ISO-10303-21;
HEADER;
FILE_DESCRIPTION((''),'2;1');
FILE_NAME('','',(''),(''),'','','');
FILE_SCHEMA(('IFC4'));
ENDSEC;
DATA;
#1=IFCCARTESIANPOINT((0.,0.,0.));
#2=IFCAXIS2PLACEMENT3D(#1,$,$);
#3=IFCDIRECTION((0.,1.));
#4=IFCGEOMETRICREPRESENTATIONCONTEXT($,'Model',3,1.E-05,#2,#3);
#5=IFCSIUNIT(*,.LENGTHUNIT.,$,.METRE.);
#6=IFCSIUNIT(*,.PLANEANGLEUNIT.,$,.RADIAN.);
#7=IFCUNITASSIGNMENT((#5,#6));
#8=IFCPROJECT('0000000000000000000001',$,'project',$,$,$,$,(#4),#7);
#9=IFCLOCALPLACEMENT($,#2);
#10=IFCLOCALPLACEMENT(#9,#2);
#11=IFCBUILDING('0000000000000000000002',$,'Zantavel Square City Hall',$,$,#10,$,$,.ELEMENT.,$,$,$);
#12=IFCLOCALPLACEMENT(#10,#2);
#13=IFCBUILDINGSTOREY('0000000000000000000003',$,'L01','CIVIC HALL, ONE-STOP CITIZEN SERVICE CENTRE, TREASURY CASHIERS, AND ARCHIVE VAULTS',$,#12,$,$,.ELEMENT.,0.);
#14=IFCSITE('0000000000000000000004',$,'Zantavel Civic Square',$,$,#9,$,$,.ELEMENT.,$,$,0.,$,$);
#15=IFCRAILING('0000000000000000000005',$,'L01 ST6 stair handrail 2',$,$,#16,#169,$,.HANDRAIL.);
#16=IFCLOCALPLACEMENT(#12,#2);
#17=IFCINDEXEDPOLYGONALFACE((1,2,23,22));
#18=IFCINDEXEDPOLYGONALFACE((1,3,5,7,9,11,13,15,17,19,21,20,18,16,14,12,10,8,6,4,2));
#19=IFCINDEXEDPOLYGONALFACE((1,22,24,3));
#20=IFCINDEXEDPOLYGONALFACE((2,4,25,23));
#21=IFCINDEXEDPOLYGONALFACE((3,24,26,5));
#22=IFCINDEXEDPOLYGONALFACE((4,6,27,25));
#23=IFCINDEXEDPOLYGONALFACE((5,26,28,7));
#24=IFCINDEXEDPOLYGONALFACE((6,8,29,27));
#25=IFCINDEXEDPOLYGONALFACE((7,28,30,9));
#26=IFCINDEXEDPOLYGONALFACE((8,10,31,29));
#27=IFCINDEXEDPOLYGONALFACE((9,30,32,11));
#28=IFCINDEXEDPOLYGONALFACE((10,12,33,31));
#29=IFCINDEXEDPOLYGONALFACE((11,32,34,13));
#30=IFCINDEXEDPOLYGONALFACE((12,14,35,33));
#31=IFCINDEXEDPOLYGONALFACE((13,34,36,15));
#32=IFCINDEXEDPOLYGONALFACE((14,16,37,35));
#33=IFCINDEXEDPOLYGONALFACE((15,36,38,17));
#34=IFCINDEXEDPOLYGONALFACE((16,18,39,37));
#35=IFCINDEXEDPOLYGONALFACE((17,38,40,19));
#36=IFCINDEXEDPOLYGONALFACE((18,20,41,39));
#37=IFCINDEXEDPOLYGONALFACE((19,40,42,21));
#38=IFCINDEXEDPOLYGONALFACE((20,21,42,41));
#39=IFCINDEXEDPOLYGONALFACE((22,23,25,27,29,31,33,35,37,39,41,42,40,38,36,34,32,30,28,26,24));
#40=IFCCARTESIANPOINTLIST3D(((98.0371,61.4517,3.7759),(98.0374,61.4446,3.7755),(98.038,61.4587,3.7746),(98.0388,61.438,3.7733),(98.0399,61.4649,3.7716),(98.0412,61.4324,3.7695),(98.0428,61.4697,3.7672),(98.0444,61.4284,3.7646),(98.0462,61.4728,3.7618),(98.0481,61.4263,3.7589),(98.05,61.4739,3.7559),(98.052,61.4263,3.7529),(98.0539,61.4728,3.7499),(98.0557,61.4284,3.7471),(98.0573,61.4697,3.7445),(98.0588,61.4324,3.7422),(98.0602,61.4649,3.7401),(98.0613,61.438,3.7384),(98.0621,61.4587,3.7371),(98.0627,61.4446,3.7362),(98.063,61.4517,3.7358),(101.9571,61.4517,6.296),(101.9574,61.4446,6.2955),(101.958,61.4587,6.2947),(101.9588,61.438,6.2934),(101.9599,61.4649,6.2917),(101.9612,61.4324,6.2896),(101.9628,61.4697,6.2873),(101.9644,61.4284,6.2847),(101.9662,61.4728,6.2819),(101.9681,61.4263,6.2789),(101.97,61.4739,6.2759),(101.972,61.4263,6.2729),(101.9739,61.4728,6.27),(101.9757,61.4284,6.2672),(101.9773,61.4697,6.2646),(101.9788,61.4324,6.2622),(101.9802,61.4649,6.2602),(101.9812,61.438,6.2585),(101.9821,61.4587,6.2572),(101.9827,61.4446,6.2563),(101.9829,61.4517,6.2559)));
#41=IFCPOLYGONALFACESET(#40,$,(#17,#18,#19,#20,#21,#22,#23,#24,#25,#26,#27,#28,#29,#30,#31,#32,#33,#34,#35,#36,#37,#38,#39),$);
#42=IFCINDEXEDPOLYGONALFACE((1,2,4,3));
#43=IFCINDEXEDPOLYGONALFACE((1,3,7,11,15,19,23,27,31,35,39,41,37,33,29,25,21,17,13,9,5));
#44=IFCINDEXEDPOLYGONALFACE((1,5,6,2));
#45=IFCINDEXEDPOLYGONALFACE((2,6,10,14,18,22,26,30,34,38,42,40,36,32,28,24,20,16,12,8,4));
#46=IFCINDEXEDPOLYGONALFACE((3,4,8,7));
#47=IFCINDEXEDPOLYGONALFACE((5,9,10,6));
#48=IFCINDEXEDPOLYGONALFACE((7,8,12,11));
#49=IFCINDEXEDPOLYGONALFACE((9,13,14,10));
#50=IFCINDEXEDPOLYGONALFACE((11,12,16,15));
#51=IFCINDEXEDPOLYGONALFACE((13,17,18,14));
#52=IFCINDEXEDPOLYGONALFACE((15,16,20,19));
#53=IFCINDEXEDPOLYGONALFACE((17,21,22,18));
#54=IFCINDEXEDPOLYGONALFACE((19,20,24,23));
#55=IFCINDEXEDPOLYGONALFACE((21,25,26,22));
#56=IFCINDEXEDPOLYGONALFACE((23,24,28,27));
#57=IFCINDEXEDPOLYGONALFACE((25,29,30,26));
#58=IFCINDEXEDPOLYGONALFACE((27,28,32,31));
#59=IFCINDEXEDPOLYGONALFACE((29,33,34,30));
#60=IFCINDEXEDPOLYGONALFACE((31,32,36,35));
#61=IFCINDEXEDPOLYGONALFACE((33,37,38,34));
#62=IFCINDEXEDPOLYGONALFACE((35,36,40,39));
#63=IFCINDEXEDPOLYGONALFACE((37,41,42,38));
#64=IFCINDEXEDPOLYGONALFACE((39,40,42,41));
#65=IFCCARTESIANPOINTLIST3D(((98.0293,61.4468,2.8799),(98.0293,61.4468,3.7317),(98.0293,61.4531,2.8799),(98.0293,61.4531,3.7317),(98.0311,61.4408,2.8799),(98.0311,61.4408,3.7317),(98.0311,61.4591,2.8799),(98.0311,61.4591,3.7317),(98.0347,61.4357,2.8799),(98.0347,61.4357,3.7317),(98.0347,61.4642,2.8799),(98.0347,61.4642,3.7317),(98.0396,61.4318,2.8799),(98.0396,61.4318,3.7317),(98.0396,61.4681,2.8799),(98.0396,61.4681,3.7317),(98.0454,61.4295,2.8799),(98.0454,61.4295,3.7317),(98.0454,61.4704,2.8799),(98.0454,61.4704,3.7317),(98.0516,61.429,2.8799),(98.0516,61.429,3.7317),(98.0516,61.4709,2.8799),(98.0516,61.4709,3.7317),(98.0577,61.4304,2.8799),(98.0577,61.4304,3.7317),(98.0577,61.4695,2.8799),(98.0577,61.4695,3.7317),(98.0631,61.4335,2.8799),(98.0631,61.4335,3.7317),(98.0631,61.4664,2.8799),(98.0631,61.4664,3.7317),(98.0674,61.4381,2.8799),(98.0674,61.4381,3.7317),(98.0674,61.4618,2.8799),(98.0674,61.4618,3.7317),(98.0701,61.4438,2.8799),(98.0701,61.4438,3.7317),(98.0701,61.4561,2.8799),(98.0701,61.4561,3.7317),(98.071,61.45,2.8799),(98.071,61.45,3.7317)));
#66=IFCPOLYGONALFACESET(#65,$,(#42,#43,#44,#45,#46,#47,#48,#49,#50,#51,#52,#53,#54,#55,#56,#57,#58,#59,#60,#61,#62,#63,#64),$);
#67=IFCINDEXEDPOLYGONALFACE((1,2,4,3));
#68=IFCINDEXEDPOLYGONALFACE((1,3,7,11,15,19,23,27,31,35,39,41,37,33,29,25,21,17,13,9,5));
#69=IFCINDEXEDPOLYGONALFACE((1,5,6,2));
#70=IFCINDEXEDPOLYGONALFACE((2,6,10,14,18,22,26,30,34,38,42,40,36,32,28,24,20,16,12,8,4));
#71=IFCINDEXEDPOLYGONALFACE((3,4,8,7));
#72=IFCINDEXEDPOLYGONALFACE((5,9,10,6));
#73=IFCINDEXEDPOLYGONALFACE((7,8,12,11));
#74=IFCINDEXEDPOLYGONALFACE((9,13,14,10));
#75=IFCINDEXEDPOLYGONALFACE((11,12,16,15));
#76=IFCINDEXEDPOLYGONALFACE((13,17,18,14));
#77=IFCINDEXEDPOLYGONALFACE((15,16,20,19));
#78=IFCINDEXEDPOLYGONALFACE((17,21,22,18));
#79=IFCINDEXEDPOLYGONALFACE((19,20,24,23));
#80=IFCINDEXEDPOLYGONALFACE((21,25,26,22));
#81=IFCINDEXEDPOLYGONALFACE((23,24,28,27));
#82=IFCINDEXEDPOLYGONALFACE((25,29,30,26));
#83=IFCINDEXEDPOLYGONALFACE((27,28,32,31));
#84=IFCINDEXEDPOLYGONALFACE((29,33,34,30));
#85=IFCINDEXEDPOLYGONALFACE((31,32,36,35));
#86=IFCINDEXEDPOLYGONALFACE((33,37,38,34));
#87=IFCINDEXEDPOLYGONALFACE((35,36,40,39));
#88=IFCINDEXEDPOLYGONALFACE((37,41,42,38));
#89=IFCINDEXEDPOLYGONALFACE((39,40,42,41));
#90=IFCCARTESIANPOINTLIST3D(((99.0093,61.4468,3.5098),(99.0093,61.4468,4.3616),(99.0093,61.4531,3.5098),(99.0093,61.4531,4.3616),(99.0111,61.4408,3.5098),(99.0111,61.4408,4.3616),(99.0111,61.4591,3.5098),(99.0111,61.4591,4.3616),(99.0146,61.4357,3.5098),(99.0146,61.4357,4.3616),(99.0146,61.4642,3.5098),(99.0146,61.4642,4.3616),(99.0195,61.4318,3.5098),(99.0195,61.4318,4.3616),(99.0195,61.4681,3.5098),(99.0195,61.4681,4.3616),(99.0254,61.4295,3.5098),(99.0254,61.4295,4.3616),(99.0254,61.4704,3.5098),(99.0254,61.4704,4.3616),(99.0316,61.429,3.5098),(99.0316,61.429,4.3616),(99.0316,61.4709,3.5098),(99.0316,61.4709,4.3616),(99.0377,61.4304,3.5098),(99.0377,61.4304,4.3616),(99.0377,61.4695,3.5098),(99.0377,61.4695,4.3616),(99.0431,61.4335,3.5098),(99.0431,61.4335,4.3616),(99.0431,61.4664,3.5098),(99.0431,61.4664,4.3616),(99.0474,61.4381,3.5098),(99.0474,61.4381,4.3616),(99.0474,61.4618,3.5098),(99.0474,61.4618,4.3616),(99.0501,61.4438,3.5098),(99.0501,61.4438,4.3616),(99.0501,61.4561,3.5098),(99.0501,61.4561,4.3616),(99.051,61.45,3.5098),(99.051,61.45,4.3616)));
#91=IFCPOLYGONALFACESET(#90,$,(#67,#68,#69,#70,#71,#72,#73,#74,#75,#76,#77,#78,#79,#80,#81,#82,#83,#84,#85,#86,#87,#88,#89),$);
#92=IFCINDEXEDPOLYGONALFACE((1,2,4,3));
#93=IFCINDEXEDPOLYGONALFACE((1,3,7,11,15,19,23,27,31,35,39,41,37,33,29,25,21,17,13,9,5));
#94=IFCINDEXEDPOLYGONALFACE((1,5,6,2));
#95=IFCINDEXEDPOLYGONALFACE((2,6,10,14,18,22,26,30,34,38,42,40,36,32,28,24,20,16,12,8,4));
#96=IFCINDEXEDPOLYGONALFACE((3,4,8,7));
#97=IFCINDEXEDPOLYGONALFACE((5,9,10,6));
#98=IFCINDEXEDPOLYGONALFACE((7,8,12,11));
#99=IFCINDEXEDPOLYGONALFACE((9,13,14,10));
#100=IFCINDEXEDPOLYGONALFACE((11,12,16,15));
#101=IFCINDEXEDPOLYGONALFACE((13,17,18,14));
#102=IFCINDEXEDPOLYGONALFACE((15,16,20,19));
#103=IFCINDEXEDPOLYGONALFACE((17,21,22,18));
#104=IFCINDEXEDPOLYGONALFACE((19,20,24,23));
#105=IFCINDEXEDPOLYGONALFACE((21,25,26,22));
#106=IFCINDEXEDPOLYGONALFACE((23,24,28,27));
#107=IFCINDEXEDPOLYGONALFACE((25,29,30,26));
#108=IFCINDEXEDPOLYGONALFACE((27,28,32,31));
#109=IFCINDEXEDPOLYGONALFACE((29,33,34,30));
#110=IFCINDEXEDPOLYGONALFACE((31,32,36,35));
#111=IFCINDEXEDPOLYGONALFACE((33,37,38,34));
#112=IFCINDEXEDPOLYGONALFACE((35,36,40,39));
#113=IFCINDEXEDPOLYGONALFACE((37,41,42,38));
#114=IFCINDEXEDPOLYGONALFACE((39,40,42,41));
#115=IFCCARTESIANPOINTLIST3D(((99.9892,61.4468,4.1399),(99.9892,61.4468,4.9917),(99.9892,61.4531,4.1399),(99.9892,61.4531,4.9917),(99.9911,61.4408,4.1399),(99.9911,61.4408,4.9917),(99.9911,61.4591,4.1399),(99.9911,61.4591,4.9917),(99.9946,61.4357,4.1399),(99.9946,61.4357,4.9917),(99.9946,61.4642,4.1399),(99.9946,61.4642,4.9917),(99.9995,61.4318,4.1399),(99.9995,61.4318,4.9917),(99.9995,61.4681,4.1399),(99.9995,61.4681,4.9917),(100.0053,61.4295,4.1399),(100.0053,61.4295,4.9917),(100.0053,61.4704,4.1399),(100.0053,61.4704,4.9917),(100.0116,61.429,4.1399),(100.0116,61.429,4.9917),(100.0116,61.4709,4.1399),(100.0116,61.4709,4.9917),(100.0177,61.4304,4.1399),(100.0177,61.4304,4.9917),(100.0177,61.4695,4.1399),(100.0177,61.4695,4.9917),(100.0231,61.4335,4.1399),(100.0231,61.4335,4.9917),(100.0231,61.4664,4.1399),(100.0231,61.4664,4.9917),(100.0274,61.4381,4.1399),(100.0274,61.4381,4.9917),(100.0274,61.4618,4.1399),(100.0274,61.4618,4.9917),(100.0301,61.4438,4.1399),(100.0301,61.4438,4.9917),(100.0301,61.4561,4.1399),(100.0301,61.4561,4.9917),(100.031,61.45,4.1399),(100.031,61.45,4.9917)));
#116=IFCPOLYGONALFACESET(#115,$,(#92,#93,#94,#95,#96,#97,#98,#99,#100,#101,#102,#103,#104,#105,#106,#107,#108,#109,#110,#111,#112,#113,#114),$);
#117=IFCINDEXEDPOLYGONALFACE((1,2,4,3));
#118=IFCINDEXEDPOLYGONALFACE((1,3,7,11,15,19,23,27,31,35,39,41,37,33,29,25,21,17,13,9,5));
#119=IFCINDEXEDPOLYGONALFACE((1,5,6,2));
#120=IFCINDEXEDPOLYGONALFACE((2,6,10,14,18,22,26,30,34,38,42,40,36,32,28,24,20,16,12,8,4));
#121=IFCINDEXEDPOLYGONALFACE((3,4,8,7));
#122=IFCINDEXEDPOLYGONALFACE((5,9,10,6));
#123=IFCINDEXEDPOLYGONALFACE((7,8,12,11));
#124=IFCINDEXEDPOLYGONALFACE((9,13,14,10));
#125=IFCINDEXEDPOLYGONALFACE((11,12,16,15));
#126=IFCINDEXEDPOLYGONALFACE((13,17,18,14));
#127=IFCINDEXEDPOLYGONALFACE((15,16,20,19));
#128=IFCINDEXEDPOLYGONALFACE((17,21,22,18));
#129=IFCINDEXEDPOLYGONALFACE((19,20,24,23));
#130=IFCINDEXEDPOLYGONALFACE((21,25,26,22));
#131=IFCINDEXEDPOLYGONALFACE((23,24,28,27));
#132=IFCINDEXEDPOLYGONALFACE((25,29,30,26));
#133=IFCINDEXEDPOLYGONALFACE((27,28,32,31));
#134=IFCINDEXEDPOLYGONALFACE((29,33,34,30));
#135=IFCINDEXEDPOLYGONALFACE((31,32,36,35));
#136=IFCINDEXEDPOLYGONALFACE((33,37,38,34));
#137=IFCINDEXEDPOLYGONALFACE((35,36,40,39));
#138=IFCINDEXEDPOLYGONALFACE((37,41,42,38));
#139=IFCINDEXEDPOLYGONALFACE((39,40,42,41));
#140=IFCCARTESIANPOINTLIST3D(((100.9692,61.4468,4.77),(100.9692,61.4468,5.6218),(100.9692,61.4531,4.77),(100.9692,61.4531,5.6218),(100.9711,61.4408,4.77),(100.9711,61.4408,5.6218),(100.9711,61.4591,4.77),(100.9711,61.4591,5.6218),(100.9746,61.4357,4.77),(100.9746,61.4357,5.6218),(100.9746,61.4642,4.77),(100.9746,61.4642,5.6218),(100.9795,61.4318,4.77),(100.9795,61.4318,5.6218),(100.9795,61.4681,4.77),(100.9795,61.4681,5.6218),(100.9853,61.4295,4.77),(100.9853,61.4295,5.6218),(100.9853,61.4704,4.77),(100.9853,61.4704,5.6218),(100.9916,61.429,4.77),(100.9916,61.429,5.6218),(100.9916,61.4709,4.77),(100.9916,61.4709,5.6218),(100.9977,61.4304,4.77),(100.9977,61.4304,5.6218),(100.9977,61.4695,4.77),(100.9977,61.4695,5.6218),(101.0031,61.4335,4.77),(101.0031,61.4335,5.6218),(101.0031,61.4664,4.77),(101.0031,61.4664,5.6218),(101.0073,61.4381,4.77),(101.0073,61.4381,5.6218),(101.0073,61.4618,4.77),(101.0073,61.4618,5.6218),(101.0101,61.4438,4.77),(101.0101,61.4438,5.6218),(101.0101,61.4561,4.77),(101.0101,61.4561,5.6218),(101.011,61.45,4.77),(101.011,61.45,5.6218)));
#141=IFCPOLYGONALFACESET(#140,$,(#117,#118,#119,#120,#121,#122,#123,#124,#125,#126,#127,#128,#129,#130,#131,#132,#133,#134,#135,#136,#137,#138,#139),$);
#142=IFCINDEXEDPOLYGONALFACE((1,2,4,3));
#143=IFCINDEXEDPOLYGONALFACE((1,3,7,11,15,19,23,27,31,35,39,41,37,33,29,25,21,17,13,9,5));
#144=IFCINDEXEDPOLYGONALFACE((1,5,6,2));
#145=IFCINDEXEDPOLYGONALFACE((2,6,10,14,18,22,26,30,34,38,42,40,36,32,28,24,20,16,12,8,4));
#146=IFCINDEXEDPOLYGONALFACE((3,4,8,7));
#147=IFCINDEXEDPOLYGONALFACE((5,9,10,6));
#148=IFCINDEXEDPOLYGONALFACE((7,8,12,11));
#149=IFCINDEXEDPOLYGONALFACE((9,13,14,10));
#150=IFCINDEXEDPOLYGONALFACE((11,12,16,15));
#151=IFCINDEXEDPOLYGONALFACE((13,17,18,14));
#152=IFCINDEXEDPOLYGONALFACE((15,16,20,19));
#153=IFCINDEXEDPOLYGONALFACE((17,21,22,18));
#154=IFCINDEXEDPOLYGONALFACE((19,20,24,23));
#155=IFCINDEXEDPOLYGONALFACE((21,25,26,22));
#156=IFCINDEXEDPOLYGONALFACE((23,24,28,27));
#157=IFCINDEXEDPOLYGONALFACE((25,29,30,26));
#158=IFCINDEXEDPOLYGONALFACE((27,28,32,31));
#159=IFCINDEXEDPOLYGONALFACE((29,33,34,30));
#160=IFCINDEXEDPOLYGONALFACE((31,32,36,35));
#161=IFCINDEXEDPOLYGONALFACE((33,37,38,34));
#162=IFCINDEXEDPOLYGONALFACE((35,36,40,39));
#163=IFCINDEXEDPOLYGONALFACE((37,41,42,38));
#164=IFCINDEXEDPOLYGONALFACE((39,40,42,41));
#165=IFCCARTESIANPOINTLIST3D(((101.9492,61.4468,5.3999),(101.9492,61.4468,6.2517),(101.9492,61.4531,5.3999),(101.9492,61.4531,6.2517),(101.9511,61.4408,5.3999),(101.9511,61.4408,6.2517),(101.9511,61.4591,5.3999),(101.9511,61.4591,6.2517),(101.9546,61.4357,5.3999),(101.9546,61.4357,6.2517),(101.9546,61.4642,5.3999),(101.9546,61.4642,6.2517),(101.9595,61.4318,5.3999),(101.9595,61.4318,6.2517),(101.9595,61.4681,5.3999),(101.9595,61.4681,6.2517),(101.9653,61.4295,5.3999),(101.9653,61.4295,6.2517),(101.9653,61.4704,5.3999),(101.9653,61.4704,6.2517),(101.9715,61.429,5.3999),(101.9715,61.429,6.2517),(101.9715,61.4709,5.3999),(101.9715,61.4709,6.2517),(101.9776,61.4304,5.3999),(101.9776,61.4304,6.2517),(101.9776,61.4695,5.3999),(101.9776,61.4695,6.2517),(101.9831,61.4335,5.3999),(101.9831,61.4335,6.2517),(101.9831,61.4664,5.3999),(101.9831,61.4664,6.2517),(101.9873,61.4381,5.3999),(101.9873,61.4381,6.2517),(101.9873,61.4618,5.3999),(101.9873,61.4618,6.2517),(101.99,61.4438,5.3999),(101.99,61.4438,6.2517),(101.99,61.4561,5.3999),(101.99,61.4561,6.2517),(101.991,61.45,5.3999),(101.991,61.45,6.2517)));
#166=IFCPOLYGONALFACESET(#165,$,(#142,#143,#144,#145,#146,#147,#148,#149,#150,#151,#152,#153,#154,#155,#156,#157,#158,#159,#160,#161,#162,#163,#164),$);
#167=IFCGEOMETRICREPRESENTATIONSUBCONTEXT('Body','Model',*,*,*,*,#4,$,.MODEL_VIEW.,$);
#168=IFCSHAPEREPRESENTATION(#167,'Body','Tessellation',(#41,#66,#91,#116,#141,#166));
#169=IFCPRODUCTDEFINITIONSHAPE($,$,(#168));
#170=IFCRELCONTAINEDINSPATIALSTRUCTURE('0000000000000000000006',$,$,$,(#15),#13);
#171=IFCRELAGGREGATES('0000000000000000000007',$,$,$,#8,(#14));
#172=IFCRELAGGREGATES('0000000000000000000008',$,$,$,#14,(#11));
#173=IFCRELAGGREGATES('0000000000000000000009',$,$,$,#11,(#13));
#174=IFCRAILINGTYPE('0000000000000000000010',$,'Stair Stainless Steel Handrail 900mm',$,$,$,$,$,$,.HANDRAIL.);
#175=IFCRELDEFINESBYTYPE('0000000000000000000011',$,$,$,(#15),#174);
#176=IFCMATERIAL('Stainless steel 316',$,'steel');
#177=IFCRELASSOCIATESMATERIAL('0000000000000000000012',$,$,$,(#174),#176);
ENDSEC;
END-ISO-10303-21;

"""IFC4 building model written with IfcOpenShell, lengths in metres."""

from ifc_helpers import new_model, si_unit, direction, frame, origin, origin_2d, place, context, subcontext, project, spatial, circle, extrude, material, type_object, element, save


model = new_model("IFC4")

# Units and contexts
model_context = context("Model", 3, precision=1e-05, world=origin(), true_north=direction((0.0, 1.0)))
body_context = subcontext(model_context, "Body", "Model", "MODEL_VIEW")
ifc_project = project(units=[si_unit("LENGTHUNIT", "METRE"), si_unit("PLANEANGLEUNIT", "RADIAN")], contexts=[model_context])

# Site, building, storey
site_placement = place(None, origin())
site = spatial("IfcSite", under=ifc_project, at=site_placement, Name="Zantavel Civic Square", CompositionType="ELEMENT", RefElevation=0.0)
building_placement = place(site_placement, origin())
building = spatial("IfcBuilding", under=site, at=building_placement, Name="Zantavel Square City Hall", CompositionType="ELEMENT")
storey_placement = place(building_placement, origin())
storey = spatial("IfcBuildingStorey", under=building, at=storey_placement, Name="L01", Description="CIVIC HALL, ONE-STOP CITIZEN SERVICE CENTRE, TREASURY CASHIERS, AND ARCHIVE VAULTS", CompositionType="ELEMENT", Elevation=0.0)

# Shared definitions
ifc_material_1 = material(Name="Stainless steel 316", Category="steel")

# Railing
railing_type_1 = type_object("IfcRailingType", Name="Stair Stainless Steel Handrail 900mm", PredefinedType="HANDRAIL", material=ifc_material_1)
railing_1_placement = place(storey_placement, frame((98.05, 61.45, 2.8799)))
element("IfcRailing", 1, at=railing_1_placement, inside=storey, type_object=railing_type_1, Name="L01 ST6 stair handrail 2", PredefinedType="HANDRAIL", context=body_context, shape_type="SweptSolid", body=[
    extrude(circle(Radius=0.0239, at=origin_2d()), frame((0.0, 0.0, 0.876), z_axis=(0.841172, 0.0, 0.540768), x_axis=(0.0, 1.0, 0.0)), (0.0, 0.0, 1.0), 4.6602),
    extrude(circle(Radius=0.021, at=origin_2d()), origin(), (0.0, 0.0, 1.0), 0.8518),
    extrude(circle(Radius=0.021, at=origin_2d()), frame((0.98, 0.0, 0.6299)), (0.0, 0.0, 1.0), 0.8518),
    extrude(circle(Radius=0.021, at=origin_2d()), frame((1.96, 0.0, 1.26)), (0.0, 0.0, 1.0), 0.8518),
    extrude(circle(Radius=0.021, at=origin_2d()), frame((2.9399, 0.0, 1.8901)), (0.0, 0.0, 1.0), 0.8518),
    extrude(circle(Radius=0.021, at=origin_2d()), frame((3.9199, 0.0, 2.52)), (0.0, 0.0, 1.0), 0.8518),
])

save(model, "model.ifc")
